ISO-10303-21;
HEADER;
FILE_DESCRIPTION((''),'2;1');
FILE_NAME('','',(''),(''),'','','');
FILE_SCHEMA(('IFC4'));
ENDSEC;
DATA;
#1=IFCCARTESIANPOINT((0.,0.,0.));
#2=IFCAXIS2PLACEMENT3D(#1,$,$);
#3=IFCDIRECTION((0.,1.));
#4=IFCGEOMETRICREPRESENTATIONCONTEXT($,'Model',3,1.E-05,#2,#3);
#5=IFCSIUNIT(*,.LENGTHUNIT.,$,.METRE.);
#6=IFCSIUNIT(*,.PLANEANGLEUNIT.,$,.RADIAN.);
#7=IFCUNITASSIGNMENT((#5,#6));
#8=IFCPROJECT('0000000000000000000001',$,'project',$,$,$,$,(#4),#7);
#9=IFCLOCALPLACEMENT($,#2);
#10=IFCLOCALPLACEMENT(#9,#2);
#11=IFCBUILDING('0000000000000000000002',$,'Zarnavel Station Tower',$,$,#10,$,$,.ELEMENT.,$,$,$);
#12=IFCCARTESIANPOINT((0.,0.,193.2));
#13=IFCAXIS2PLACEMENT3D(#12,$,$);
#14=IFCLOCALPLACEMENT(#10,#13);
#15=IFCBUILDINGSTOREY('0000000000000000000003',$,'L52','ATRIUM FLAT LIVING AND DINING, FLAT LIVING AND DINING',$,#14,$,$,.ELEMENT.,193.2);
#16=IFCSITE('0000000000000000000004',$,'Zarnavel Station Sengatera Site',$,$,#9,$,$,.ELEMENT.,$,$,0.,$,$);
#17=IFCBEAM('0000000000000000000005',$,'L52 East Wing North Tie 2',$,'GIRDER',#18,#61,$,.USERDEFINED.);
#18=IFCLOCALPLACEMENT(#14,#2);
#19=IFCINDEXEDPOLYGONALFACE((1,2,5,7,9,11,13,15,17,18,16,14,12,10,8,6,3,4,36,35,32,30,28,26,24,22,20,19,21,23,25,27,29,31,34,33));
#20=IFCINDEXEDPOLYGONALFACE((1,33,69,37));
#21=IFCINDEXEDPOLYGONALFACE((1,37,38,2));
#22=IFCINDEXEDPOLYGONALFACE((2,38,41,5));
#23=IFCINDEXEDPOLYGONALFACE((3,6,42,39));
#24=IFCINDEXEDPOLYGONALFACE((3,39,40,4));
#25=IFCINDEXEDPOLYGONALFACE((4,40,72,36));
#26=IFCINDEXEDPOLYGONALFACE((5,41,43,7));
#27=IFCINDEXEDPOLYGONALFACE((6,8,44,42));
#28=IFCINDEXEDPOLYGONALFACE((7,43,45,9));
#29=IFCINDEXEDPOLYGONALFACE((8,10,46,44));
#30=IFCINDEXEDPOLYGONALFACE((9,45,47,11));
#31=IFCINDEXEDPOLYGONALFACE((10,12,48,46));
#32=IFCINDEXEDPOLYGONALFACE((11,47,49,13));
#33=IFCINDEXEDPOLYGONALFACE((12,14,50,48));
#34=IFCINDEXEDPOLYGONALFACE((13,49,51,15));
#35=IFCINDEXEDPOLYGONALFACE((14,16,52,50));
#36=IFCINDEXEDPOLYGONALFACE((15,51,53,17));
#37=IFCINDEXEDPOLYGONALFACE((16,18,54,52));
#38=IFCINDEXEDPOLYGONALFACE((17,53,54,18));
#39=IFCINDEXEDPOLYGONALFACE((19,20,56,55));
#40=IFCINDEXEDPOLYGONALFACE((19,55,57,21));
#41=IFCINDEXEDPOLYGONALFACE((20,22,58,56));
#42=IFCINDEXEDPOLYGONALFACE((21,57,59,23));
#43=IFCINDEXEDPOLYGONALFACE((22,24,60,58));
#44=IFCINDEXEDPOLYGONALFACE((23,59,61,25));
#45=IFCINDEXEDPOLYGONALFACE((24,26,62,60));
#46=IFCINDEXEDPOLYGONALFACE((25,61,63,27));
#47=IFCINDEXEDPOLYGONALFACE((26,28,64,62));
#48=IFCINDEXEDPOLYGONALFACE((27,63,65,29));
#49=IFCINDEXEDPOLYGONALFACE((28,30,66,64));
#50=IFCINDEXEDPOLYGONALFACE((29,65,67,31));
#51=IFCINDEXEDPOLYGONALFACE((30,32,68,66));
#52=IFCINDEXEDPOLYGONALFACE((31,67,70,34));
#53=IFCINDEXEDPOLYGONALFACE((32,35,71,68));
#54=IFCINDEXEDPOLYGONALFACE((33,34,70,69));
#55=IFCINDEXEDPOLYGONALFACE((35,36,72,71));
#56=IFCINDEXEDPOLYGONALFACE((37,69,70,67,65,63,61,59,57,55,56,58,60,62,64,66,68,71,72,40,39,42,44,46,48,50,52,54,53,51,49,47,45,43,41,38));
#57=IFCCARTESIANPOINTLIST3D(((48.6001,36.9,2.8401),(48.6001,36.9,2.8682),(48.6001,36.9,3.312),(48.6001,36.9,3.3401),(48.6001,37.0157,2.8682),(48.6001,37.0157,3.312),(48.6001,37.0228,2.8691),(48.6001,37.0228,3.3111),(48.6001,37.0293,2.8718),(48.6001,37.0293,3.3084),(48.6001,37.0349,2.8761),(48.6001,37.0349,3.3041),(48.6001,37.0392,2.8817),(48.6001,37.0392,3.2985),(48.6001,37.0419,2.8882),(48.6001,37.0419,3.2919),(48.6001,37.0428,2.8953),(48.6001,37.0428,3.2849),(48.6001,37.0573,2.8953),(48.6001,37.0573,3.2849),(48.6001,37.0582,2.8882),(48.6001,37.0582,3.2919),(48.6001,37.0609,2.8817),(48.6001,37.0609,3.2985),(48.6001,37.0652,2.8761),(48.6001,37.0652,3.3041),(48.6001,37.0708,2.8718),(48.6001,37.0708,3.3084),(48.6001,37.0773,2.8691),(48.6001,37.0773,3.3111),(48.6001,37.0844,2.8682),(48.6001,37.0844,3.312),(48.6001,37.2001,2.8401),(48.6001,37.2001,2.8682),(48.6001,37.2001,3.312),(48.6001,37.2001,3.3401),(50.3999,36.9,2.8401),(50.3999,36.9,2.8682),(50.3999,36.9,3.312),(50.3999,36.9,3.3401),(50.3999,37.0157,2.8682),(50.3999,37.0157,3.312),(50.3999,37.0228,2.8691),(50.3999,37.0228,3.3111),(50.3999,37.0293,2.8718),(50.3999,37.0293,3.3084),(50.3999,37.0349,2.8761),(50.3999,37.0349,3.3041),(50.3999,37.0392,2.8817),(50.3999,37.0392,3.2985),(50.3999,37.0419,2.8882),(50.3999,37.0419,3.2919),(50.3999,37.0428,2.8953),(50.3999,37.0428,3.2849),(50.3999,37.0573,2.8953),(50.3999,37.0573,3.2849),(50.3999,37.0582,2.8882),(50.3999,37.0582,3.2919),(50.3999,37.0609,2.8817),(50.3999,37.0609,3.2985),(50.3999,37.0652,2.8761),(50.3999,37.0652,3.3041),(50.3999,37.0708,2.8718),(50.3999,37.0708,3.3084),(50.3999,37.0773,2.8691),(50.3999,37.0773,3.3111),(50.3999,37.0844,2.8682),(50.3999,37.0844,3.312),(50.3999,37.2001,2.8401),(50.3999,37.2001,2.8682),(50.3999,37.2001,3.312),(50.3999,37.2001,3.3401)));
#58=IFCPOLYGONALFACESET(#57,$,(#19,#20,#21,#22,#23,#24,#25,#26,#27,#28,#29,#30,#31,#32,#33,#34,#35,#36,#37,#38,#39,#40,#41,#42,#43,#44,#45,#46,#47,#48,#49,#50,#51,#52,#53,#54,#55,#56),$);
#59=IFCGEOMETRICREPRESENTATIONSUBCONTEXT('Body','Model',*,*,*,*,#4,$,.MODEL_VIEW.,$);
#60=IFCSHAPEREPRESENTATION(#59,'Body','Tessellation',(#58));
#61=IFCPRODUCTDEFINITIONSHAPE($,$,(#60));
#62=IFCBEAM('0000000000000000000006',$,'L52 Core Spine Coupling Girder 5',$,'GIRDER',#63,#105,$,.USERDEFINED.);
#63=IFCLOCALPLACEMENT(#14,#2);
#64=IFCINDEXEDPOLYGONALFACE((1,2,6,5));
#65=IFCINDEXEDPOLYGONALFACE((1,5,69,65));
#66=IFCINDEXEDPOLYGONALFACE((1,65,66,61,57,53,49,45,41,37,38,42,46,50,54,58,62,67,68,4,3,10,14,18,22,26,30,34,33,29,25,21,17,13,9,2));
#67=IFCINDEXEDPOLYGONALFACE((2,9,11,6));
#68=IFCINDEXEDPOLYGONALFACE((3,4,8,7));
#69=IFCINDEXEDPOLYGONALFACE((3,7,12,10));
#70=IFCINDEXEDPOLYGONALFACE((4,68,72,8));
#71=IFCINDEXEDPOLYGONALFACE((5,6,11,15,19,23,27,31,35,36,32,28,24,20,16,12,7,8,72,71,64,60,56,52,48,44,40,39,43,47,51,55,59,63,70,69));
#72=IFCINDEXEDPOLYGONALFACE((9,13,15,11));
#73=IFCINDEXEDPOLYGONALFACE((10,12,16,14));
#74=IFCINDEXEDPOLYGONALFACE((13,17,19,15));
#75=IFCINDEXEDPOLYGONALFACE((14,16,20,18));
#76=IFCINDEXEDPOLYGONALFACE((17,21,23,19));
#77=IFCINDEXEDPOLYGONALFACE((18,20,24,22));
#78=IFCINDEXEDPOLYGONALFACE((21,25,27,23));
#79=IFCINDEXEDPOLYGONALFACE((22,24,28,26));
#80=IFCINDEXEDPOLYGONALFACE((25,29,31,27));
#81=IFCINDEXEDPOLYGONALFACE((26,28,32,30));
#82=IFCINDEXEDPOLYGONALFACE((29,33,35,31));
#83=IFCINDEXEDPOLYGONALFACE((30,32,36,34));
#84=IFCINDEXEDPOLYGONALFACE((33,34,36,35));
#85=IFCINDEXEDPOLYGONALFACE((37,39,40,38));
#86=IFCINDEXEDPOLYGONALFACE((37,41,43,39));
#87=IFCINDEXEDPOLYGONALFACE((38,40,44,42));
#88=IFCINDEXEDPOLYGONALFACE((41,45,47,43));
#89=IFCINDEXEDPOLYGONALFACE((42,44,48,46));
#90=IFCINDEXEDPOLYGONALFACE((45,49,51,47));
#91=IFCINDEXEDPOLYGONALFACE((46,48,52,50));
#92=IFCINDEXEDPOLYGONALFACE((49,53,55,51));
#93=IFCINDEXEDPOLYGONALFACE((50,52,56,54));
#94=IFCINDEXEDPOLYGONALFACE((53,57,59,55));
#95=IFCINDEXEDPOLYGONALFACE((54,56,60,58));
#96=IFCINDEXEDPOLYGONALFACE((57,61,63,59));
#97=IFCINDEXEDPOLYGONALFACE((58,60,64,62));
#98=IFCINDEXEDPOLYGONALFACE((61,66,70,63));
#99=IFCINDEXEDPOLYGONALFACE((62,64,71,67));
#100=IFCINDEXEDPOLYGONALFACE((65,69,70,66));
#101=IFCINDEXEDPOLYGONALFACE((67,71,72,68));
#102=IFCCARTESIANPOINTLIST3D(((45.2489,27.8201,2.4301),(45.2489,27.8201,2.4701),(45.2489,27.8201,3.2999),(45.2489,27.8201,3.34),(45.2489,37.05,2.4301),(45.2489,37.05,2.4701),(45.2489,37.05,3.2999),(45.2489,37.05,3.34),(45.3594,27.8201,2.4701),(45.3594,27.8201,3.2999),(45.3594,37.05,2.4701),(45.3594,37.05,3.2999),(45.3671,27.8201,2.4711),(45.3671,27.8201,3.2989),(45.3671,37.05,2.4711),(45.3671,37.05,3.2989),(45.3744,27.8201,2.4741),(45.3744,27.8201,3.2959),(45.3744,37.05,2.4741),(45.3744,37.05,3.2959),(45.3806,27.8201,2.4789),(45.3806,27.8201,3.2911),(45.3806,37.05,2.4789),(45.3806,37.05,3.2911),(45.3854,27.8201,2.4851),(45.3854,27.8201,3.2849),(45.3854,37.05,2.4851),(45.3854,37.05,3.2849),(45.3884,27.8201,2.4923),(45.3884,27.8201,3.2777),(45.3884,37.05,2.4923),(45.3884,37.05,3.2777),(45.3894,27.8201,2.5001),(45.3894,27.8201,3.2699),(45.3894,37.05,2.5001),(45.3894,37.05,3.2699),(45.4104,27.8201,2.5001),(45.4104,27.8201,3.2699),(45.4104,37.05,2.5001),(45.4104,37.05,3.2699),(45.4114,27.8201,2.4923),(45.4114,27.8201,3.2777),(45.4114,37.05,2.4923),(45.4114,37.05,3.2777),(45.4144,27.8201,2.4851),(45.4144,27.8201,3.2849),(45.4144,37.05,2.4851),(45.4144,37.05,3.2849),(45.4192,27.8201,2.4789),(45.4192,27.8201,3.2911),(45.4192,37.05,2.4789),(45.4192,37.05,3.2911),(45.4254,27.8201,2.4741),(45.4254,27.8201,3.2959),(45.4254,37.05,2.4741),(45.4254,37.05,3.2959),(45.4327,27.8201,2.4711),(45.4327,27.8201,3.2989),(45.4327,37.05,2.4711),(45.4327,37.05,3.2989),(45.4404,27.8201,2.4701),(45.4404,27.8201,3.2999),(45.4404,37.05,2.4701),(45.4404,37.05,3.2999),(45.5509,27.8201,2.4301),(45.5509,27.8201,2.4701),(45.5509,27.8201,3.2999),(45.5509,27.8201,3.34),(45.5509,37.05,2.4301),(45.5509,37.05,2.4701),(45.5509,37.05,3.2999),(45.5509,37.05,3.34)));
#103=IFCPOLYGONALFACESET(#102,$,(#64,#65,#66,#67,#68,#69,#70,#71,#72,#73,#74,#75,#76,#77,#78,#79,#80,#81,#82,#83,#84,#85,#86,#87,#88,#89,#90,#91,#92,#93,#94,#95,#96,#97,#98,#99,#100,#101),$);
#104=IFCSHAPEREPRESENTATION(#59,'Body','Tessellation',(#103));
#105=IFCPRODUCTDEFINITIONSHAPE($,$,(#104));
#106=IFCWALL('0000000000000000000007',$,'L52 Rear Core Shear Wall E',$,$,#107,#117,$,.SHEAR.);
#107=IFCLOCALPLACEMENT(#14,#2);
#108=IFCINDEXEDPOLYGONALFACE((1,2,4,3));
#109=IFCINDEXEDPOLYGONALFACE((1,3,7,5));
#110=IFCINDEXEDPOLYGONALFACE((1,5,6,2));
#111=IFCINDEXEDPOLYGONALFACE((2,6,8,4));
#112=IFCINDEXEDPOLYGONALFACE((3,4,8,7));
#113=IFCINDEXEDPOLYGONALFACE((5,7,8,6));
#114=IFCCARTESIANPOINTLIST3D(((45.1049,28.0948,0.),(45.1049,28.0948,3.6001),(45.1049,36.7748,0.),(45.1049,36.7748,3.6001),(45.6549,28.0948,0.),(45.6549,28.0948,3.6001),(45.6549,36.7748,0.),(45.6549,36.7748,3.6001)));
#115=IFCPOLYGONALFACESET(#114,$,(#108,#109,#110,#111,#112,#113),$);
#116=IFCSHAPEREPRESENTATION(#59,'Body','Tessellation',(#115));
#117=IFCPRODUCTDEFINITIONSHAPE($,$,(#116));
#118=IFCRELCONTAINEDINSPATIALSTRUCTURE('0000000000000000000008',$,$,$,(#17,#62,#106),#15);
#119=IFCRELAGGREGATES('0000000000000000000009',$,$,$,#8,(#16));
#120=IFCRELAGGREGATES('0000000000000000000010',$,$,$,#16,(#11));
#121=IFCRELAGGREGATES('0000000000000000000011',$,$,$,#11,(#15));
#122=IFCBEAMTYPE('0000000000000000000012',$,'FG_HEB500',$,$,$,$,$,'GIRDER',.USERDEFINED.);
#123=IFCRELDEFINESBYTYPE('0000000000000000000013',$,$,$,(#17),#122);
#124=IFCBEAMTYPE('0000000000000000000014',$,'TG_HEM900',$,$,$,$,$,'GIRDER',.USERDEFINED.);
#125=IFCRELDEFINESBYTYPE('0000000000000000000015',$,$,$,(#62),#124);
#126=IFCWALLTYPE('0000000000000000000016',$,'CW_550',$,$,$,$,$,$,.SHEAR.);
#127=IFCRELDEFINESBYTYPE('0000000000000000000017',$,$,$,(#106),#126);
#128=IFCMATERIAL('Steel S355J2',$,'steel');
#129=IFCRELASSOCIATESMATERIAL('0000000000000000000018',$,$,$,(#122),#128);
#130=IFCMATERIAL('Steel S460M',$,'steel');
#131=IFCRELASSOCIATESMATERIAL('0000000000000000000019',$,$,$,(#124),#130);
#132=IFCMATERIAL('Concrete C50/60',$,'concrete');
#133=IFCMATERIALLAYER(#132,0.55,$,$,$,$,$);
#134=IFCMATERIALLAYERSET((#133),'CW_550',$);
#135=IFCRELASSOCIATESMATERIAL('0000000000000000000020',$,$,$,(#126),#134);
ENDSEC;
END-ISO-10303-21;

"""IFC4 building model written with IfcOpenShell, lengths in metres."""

from ifc_helpers import new_model, si_unit, direction, frame, frame_2d, origin, origin_2d, place, context, subcontext, project, spatial, rectangle, i_section, extrude, material, layer, layer_set, material_profile, profile_set, type_object, element, save


model = new_model("IFC4")

# Units and contexts
model_context = context("Model", 3, precision=1e-05, world=origin(), true_north=direction((0.0, 1.0)))
body_context = subcontext(model_context, "Body", "Model", "MODEL_VIEW")
ifc_project = project(units=[si_unit("LENGTHUNIT", "METRE"), si_unit("PLANEANGLEUNIT", "RADIAN")], contexts=[model_context])

# Site, building, storey
site_placement = place(None, origin())
site = spatial("IfcSite", under=ifc_project, at=site_placement, Name="Zarnavel Station Sengatera Site", CompositionType="ELEMENT", RefElevation=0.0)
building_placement = place(site_placement, origin())
building = spatial("IfcBuilding", under=site, at=building_placement, Name="Zarnavel Station Tower", CompositionType="ELEMENT")
storey_placement = place(building_placement, frame((0.0, 0.0, 193.2)))
storey = spatial("IfcBuildingStorey", under=building, at=storey_placement, Name="L52", Description="ATRIUM FLAT LIVING AND DINING, FLAT LIVING AND DINING", CompositionType="ELEMENT", Elevation=193.2)

# Beams
ifc_material_1 = material(Name="Steel S355J2", Category="steel")
ifc_material_profile_1 = material_profile(ifc_material_1, i_section(OverallWidth=0.3, OverallDepth=0.5, WebThickness=0.0144, FlangeThickness=0.0281, FilletRadius=0.0271, at=origin_2d()), Name="HEB500")
ifc_profile_set_1 = profile_set([ifc_material_profile_1], Name="Steel S355J2")
beam_type_1 = type_object("IfcBeamType", Name="FG_HEB500", ElementType="GIRDER", PredefinedType="USERDEFINED", material=ifc_profile_set_1)
beam_1_placement = place(storey_placement, frame((48.6001, 37.05, 3.0901), z_axis=(1.0, 0.0, 0.0), x_axis=(0.0, 1.0, 0.0)))
element("IfcBeam", 1, at=beam_1_placement, inside=storey, type_object=beam_type_1, Name="L52 East Wing North Tie 2", ObjectType="GIRDER", PredefinedType="USERDEFINED", context=body_context, shape_type="SweptSolid", body=[
    extrude(i_section(OverallWidth=0.3, OverallDepth=0.5, WebThickness=0.0144, FlangeThickness=0.0281, FilletRadius=0.0271, at=origin_2d()), origin(), (0.0, 0.0, 1.0), 1.7998),
])
ifc_material_2 = material(Name="Steel S460M", Category="steel")
ifc_material_profile_2 = material_profile(ifc_material_2, i_section(OverallWidth=0.302, OverallDepth=0.9099, WebThickness=0.021, FlangeThickness=0.04, FilletRadius=0.03, at=origin_2d()), Name="HEM900")
ifc_profile_set_2 = profile_set([ifc_material_profile_2], Name="Steel S460M")
beam_type_2 = type_object("IfcBeamType", Name="TG_HEM900", ElementType="GIRDER", PredefinedType="USERDEFINED", material=ifc_profile_set_2)
beam_2_placement = place(storey_placement, frame((45.3999, 27.8201, 2.885), z_axis=(0.0, 1.0, 0.0), x_axis=(-1.0, 0.0, 0.0)))
element("IfcBeam", 2, at=beam_2_placement, inside=storey, type_object=beam_type_2, Name="L52 Core Spine Coupling Girder 5", ObjectType="GIRDER", PredefinedType="USERDEFINED", context=body_context, shape_type="SweptSolid", body=[
    extrude(i_section(OverallWidth=0.302, OverallDepth=0.9099, WebThickness=0.021, FlangeThickness=0.04, FilletRadius=0.03, at=origin_2d()), origin(), (0.0, 0.0, 1.0), 9.23),
])

# Wall
ifc_material_3 = material(Name="Concrete C50/60", Category="concrete")
ifc_layer_1 = layer(ifc_material_3, 0.55)
ifc_layer_set_1 = layer_set([ifc_layer_1], Name="CW_550")
wall_type_1 = type_object("IfcWallType", Name="CW_550", PredefinedType="SHEAR", material=ifc_layer_set_1)
wall_1_placement = place(storey_placement, frame((45.3799, 28.095, 0.0), z_axis=(0.0, 0.0, 1.0), x_axis=(0.0, 1.0, 0.0)))
element("IfcWall", 3, at=wall_1_placement, inside=storey, type_object=wall_type_1, Name="L52 Rear Core Shear Wall E", PredefinedType="SHEAR", context=body_context, shape_type="SweptSolid", body=[
    extrude(rectangle(XDim=8.6799, YDim=0.55, at=frame_2d((4.3398, 0.0))), origin(), (0.0, 0.0, 1.0), 3.6001),
])

save(model, "model.ifc")
